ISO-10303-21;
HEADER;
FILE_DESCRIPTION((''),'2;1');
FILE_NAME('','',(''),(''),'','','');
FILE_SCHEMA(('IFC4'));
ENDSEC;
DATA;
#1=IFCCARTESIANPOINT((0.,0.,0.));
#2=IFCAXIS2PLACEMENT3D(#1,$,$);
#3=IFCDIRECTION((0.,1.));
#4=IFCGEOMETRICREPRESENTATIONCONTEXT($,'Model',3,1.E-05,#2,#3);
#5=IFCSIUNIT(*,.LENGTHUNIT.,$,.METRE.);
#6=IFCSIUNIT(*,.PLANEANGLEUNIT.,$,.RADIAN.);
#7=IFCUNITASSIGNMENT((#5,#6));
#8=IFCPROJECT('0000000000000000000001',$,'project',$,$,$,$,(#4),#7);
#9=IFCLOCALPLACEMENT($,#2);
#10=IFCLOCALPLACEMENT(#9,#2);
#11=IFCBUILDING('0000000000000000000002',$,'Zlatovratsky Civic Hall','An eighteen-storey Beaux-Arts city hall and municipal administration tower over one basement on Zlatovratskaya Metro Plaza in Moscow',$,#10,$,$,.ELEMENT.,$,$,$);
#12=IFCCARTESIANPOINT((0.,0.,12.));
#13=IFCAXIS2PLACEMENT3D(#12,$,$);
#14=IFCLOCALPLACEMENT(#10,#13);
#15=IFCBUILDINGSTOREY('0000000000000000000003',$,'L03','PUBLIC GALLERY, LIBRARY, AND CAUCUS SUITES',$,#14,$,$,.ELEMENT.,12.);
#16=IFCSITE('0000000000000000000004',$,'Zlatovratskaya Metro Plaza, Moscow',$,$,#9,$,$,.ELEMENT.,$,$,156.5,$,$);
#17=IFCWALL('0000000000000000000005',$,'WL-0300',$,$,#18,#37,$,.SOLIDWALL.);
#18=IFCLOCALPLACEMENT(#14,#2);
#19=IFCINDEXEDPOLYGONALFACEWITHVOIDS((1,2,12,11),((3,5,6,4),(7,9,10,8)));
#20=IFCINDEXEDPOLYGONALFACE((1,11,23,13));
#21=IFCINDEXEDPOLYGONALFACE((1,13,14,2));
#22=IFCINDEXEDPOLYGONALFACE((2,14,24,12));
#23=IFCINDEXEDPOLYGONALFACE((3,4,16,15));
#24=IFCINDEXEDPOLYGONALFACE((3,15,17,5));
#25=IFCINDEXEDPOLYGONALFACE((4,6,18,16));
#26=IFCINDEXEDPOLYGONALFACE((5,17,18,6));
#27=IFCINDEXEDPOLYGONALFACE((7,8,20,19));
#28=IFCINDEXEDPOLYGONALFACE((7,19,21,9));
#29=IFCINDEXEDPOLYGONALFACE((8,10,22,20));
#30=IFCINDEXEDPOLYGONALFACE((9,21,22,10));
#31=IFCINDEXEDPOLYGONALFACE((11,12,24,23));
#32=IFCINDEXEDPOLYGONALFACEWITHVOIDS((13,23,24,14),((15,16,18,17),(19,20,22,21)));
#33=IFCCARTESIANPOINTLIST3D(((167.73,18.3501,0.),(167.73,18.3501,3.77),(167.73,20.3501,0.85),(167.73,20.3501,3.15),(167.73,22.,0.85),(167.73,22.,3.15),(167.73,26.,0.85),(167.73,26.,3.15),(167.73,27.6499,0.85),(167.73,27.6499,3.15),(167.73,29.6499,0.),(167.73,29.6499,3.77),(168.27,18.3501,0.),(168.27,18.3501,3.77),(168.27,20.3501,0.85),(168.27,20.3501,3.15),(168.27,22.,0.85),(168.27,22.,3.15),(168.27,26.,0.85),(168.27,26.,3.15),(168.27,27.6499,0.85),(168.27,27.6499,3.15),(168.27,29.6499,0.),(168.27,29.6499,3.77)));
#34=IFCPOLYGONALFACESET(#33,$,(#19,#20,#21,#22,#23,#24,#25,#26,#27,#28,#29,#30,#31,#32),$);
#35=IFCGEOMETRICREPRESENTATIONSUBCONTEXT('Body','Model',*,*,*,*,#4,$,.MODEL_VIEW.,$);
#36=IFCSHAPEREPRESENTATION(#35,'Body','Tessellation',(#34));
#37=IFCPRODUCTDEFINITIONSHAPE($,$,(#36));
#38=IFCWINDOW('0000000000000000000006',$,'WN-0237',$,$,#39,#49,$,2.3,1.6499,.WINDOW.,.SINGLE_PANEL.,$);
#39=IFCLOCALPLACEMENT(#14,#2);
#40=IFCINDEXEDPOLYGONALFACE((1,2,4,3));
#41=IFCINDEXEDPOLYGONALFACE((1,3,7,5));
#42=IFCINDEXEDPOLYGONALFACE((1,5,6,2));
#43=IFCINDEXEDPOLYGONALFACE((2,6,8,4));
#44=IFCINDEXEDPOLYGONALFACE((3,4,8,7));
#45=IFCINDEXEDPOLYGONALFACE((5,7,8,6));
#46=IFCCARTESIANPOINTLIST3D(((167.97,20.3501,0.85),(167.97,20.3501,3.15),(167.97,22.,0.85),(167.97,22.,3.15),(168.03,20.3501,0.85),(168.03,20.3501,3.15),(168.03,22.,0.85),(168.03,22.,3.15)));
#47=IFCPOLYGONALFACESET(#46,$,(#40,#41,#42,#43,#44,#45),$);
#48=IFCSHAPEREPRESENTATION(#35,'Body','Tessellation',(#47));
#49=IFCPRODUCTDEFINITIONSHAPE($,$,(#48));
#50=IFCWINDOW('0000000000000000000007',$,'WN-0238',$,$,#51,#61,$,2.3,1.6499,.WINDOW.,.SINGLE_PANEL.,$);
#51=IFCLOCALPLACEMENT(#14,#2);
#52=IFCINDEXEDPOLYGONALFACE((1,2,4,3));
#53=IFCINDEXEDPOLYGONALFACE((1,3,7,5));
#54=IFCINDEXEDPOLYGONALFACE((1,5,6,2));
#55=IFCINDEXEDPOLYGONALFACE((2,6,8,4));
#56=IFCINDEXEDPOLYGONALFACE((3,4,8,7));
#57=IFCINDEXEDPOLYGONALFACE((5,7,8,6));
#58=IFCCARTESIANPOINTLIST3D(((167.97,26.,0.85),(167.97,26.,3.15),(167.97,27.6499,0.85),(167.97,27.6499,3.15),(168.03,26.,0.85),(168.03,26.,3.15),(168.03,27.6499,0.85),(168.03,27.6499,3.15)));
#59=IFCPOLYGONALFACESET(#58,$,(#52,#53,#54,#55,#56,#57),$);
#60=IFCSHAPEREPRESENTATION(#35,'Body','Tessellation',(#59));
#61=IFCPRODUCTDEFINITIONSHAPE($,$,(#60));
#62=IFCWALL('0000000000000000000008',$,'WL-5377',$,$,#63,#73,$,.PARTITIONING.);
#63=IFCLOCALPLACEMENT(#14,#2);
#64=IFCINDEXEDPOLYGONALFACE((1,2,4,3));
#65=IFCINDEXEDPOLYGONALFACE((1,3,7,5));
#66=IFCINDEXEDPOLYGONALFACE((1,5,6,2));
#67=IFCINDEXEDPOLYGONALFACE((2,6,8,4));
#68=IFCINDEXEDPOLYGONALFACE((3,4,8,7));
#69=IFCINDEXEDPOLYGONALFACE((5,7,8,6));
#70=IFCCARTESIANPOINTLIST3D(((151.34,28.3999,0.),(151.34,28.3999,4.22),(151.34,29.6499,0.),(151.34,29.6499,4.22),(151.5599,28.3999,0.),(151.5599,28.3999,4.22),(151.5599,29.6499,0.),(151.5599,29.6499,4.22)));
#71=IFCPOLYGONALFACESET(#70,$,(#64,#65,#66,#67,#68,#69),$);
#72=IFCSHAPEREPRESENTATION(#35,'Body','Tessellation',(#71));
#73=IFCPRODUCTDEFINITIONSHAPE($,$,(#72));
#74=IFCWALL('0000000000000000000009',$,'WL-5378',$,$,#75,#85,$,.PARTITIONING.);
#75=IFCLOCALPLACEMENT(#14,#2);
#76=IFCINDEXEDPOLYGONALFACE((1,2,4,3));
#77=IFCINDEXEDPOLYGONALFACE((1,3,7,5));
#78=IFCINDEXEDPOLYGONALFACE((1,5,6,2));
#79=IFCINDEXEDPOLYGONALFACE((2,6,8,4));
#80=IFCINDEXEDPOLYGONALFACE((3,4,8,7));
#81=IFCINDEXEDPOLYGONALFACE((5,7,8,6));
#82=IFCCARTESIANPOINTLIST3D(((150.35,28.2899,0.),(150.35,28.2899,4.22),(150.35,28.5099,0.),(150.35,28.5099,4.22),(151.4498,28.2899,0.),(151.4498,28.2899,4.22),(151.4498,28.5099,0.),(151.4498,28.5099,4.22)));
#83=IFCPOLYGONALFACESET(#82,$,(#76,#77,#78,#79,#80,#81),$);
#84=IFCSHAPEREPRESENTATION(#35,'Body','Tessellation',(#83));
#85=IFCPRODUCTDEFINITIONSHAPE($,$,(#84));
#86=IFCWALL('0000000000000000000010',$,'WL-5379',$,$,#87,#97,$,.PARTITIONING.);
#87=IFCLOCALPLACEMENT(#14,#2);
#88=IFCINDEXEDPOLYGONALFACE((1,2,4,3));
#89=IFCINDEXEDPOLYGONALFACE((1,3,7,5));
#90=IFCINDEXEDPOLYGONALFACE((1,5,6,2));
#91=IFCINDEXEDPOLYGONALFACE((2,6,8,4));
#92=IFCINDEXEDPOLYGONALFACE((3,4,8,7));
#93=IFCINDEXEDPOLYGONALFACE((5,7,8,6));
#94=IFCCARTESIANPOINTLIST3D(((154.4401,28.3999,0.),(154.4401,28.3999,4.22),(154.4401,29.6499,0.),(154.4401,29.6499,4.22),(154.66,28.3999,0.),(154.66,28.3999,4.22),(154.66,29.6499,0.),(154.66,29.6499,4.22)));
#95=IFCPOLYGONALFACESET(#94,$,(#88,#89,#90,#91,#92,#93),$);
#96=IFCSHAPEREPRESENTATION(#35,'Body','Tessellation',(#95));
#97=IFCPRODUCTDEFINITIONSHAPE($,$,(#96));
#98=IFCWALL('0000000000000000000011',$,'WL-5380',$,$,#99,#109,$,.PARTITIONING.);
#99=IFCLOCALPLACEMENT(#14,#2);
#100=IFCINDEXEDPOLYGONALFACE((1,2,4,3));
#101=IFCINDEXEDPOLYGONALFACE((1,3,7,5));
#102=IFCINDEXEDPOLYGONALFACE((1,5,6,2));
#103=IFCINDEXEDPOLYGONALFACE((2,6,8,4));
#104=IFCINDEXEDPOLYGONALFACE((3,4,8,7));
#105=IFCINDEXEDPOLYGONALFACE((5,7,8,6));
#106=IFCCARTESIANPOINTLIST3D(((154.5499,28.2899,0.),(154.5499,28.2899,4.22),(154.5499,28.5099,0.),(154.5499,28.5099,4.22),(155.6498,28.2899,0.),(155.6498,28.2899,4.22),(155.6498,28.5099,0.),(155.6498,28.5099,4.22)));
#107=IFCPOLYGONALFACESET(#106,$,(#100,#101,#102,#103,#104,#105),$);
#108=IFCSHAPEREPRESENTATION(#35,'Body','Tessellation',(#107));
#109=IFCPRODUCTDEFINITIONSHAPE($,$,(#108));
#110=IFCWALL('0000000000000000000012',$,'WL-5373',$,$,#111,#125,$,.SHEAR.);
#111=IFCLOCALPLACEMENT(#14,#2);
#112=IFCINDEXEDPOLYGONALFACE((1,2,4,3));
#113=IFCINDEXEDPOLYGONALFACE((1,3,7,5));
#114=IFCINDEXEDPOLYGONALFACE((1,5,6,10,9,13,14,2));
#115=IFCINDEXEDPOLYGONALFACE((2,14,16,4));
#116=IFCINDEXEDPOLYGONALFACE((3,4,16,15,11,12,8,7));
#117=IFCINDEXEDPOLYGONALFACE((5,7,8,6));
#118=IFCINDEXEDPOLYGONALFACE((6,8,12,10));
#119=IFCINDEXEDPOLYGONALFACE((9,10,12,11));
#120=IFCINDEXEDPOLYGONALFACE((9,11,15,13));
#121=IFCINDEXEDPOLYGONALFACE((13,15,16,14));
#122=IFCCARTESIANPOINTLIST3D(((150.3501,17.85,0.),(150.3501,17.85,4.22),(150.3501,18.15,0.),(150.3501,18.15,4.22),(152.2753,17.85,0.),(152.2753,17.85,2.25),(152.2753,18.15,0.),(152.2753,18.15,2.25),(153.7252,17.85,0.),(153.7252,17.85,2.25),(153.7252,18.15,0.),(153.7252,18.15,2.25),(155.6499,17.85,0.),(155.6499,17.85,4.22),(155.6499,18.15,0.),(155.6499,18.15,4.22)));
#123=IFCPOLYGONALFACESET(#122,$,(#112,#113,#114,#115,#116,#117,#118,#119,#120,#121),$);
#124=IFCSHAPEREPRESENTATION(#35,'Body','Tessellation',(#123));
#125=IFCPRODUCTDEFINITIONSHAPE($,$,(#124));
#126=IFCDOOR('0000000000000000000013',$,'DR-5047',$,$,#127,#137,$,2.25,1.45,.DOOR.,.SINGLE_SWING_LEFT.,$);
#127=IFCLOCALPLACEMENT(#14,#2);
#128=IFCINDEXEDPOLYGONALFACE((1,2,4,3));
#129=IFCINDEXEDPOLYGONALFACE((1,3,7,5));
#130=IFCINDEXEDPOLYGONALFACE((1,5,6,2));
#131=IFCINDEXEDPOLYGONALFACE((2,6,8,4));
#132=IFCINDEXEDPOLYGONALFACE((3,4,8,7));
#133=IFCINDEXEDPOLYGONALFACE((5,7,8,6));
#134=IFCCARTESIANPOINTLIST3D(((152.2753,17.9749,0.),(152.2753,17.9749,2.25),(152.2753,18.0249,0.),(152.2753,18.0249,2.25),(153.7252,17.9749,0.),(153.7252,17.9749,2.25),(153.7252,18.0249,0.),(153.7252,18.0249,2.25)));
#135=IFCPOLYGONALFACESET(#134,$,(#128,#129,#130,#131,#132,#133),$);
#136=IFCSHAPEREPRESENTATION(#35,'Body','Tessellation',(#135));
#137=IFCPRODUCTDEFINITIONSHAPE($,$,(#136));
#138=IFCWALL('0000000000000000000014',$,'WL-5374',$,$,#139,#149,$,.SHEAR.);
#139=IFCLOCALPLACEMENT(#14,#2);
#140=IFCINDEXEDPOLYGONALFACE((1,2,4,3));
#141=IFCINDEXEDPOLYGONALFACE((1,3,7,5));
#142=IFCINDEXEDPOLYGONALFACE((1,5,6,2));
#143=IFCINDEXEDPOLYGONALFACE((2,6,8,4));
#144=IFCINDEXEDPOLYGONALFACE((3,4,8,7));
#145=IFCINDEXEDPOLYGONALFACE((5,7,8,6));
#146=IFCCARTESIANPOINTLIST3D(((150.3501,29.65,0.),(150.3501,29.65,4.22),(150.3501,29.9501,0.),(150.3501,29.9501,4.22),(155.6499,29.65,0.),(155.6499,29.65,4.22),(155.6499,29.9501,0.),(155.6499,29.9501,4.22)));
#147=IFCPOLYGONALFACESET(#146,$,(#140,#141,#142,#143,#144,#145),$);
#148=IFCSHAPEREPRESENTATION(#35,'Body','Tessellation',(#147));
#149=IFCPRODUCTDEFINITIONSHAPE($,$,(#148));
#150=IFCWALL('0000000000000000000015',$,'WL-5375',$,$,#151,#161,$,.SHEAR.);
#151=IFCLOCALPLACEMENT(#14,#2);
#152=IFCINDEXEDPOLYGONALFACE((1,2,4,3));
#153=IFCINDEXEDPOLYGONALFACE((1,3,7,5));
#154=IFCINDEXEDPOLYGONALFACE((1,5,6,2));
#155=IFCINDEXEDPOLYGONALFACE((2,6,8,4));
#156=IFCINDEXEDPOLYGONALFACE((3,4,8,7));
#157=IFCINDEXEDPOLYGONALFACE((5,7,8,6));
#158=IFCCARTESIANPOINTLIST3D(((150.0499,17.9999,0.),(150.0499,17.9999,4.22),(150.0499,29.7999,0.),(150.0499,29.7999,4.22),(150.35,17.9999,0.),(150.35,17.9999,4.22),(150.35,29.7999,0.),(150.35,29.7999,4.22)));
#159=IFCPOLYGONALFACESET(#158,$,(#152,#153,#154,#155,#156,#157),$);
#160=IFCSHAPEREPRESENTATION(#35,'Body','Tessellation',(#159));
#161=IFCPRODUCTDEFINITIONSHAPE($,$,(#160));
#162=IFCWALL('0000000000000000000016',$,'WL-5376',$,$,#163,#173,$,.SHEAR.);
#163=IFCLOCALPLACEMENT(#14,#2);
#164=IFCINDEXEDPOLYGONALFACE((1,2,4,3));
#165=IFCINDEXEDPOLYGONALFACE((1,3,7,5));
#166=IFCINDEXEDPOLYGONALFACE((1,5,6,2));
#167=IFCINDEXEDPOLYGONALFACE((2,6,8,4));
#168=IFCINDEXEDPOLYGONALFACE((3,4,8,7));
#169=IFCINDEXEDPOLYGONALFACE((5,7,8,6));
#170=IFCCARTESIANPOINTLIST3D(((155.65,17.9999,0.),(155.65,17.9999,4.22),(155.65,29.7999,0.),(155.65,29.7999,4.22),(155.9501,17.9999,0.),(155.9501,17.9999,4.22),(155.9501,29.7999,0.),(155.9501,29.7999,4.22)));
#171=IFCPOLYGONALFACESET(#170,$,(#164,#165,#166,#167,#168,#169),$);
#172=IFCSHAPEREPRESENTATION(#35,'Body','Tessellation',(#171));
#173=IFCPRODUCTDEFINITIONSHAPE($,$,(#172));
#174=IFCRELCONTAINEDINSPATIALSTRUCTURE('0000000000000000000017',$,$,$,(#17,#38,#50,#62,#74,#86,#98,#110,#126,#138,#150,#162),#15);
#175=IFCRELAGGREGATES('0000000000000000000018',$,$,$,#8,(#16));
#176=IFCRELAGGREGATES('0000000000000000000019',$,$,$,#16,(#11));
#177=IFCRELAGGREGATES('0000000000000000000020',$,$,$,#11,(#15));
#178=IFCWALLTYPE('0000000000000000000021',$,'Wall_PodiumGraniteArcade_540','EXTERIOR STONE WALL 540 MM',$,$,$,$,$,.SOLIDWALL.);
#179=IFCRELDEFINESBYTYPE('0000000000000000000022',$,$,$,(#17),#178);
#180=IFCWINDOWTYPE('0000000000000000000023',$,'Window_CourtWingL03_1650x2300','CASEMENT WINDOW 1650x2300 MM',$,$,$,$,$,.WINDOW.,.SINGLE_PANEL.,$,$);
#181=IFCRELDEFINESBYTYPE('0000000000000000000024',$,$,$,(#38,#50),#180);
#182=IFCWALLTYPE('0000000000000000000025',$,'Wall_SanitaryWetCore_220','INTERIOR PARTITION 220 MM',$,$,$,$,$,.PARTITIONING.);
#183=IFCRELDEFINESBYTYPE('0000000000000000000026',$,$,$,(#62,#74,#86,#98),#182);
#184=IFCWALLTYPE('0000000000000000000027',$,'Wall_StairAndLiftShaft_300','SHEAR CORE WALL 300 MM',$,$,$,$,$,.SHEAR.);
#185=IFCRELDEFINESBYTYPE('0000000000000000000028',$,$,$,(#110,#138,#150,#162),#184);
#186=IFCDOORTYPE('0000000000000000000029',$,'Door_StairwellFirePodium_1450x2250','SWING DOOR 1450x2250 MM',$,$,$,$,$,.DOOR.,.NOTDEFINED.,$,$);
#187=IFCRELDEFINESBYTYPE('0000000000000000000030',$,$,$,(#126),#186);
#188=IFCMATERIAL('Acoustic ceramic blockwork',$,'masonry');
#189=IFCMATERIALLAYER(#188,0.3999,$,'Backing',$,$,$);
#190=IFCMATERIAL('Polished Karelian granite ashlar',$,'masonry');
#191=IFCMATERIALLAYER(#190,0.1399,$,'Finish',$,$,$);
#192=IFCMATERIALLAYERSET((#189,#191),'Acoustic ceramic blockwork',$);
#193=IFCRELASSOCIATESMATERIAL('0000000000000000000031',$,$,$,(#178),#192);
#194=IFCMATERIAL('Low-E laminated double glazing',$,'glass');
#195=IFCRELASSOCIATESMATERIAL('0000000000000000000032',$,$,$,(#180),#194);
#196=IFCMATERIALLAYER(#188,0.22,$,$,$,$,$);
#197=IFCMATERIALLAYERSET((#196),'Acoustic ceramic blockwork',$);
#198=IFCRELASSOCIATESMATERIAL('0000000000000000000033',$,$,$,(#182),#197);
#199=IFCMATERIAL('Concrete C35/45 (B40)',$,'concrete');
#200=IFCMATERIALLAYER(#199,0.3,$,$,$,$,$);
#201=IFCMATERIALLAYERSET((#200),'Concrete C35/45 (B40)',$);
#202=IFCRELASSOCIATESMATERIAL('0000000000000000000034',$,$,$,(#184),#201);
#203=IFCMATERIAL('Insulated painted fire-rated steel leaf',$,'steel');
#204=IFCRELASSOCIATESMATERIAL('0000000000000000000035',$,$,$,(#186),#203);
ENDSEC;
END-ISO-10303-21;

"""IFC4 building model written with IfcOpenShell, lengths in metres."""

from ifc_helpers import new_model, si_unit, direction, frame, frame_2d, origin, place, context, subcontext, project, spatial, rectangle, extrude, material, layer, layer_set, type_object, element, fill, save


model = new_model("IFC4")

# Units and contexts
model_context = context("Model", 3, precision=1e-05, world=origin(), true_north=direction((0.0, 1.0)))
body_context = subcontext(model_context, "Body", "Model", "MODEL_VIEW")
ifc_project = project(units=[si_unit("LENGTHUNIT", "METRE"), si_unit("PLANEANGLEUNIT", "RADIAN")], contexts=[model_context])

# Site, building, storey
site_placement = place(None, origin())
site = spatial("IfcSite", under=ifc_project, at=site_placement, Name="Zlatovratskaya Metro Plaza, Moscow", CompositionType="ELEMENT", RefElevation=156.5)
building_placement = place(site_placement, origin())
building = spatial("IfcBuilding", under=site, at=building_placement, Name="Zlatovratsky Civic Hall", Description="An eighteen-storey Beaux-Arts city hall and municipal administration tower over one basement on Zlatovratskaya Metro Plaza in Moscow", CompositionType="ELEMENT")
storey_placement = place(building_placement, frame((0.0, 0.0, 12.0)))
storey = spatial("IfcBuildingStorey", under=building, at=storey_placement, Name="L03", Description="PUBLIC GALLERY, LIBRARY, AND CAUCUS SUITES", CompositionType="ELEMENT", Elevation=12.0)

# Shared definitions
ifc_material_1 = material(Name="Concrete C35/45 (B40)", Category="concrete")

# Wall, openings, windows
ifc_material_2 = material(Name="Acoustic ceramic blockwork", Category="masonry")
ifc_layer_1 = layer(ifc_material_2, 0.3999, Name="Backing")
ifc_material_3 = material(Name="Polished Karelian granite ashlar", Category="masonry")
ifc_layer_2 = layer(ifc_material_3, 0.1399, Name="Finish")
ifc_layer_set_1 = layer_set([ifc_layer_1, ifc_layer_2], Name="Acoustic ceramic blockwork")
wall_type_1 = type_object("IfcWallType", Name="Wall_PodiumGraniteArcade_540", Description="EXTERIOR STONE WALL 540 MM", PredefinedType="SOLIDWALL", material=ifc_layer_set_1)
wall_1_placement = place(storey_placement, frame((168.0, 18.3501, 0.0), z_axis=(0.0, 0.0, 1.0), x_axis=(0.0, 1.0, 0.0)))
wall_1 = element("IfcWall", 1, at=wall_1_placement, inside=storey, type_object=wall_type_1, Name="WL-0300", PredefinedType="SOLIDWALL", context=body_context, shape_type="SweptSolid", body=[
    extrude(rectangle(XDim=11.2998, YDim=0.54, at=frame_2d((5.6499, 0.0))), origin(), (0.0, 0.0, 1.0), 3.77),
])
opening_1_placement = place(wall_1_placement, frame((2.0, 0.0, 0.8501)))
opening_1 = element("IfcOpeningElement", 2, at=opening_1_placement, cuts=wall_1, PredefinedType="OPENING", context=body_context, shape_type="SweptSolid", body=[
    extrude(rectangle(XDim=1.6499, YDim=2.3, at=frame_2d((0.825, 1.1499))), frame((0.0, 0.2849, 0.0), z_axis=(0.0, -1.0, 0.0), x_axis=(1.0, 0.0, 0.0)), (0.0, 0.0, 1.0), 0.5698),
])
opening_2_placement = place(wall_1_placement, frame((7.6499, 0.0, 0.8501)))
opening_2 = element("IfcOpeningElement", 3, at=opening_2_placement, cuts=wall_1, PredefinedType="OPENING", context=body_context, shape_type="SweptSolid", body=[
    extrude(rectangle(XDim=1.6499, YDim=2.3, at=frame_2d((0.825, 1.1499))), frame((0.0, 0.2849, 0.0), z_axis=(0.0, -1.0, 0.0), x_axis=(1.0, 0.0, 0.0)), (0.0, 0.0, 1.0), 0.5698),
])
ifc_material_4 = material(Name="Low-E laminated double glazing", Category="glass")
window_type = type_object("IfcWindowType", Name="Window_CourtWingL03_1650x2300", Description="CASEMENT WINDOW 1650x2300 MM", PartitioningType="SINGLE_PANEL", PredefinedType="WINDOW", material=ifc_material_4)
window_1_placement = place(opening_1_placement, origin())
window_1 = element("IfcWindow", 4, at=window_1_placement, inside=storey, type_object=window_type, Name="WN-0237", OverallHeight=2.3, OverallWidth=1.6499, PartitioningType="SINGLE_PANEL", PredefinedType="WINDOW", context=body_context, shape_type="SweptSolid", body=[
    extrude(rectangle(XDim=1.6499, YDim=2.3, at=frame_2d((0.825, 1.1499))), frame((0.0, 0.03, 0.0), z_axis=(0.0, -1.0, 0.0), x_axis=(1.0, 0.0, 0.0)), (0.0, 0.0, 1.0), 0.0601),
])
fill(opening_1, window_1)
window_2_placement = place(opening_2_placement, origin())
window_2 = element("IfcWindow", 5, at=window_2_placement, inside=storey, type_object=window_type, Name="WN-0238", OverallHeight=2.3, OverallWidth=1.6499, PartitioningType="SINGLE_PANEL", PredefinedType="WINDOW", context=body_context, shape_type="SweptSolid", body=[
    extrude(rectangle(XDim=1.6499, YDim=2.3, at=frame_2d((0.825, 1.1499))), frame((0.0, 0.03, 0.0), z_axis=(0.0, -1.0, 0.0), x_axis=(1.0, 0.0, 0.0)), (0.0, 0.0, 1.0), 0.0601),
])
fill(opening_2, window_2)

# Walls
ifc_layer_3 = layer(ifc_material_2, 0.22)
ifc_layer_set_2 = layer_set([ifc_layer_3], Name="Acoustic ceramic blockwork")
wall_type_2 = type_object("IfcWallType", Name="Wall_SanitaryWetCore_220", Description="INTERIOR PARTITION 220 MM", PredefinedType="PARTITIONING", material=ifc_layer_set_2)
wall_2_placement = place(storey_placement, frame((151.45, 28.3999, 0.0), z_axis=(0.0, 0.0, 1.0), x_axis=(0.0, 1.0, 0.0)))
element("IfcWall", 6, at=wall_2_placement, inside=storey, type_object=wall_type_2, Name="WL-5377", PredefinedType="PARTITIONING", context=body_context, shape_type="SweptSolid", body=[
    extrude(rectangle(XDim=1.25, YDim=0.22, at=frame_2d((0.625, 0.0))), origin(), (0.0, 0.0, 1.0), 4.22),
])
wall_3_placement = place(storey_placement, frame((150.3501, 28.3999, 0.0), z_axis=(0.0, 0.0, 1.0), x_axis=(1.0, 0.0, 0.0)))
element("IfcWall", 7, at=wall_3_placement, inside=storey, type_object=wall_type_2, Name="WL-5378", PredefinedType="PARTITIONING", context=body_context, shape_type="SweptSolid", body=[
    extrude(rectangle(XDim=1.0999, YDim=0.22, at=frame_2d((0.5498, 0.0))), origin(), (0.0, 0.0, 1.0), 4.22),
])
wall_4_placement = place(storey_placement, frame((154.55, 28.3999, 0.0), z_axis=(0.0, 0.0, 1.0), x_axis=(0.0, 1.0, 0.0)))
element("IfcWall", 8, at=wall_4_placement, inside=storey, type_object=wall_type_2, Name="WL-5379", PredefinedType="PARTITIONING", context=body_context, shape_type="SweptSolid", body=[
    extrude(rectangle(XDim=1.25, YDim=0.22, at=frame_2d((0.625, 0.0))), origin(), (0.0, 0.0, 1.0), 4.22),
])
wall_5_placement = place(storey_placement, frame((154.55, 28.3999, 0.0), z_axis=(0.0, 0.0, 1.0), x_axis=(1.0, 0.0, 0.0)))
element("IfcWall", 9, at=wall_5_placement, inside=storey, type_object=wall_type_2, Name="WL-5380", PredefinedType="PARTITIONING", context=body_context, shape_type="SweptSolid", body=[
    extrude(rectangle(XDim=1.0999, YDim=0.22, at=frame_2d((0.5498, 0.0))), origin(), (0.0, 0.0, 1.0), 4.22),
])

# Wall, opening, door
ifc_layer_4 = layer(ifc_material_1, 0.3)
ifc_layer_set_3 = layer_set([ifc_layer_4], Name="Concrete C35/45 (B40)")
wall_type_3 = type_object("IfcWallType", Name="Wall_StairAndLiftShaft_300", Description="SHEAR CORE WALL 300 MM", PredefinedType="SHEAR", material=ifc_layer_set_3)
wall_6_placement = place(storey_placement, frame((150.3501, 18.0, 0.0), z_axis=(0.0, 0.0, 1.0), x_axis=(1.0, 0.0, 0.0)))
wall_6 = element("IfcWall", 10, at=wall_6_placement, inside=storey, type_object=wall_type_3, Name="WL-5373", PredefinedType="SHEAR", context=body_context, shape_type="SweptSolid", body=[
    extrude(rectangle(XDim=5.2998, YDim=0.3, at=frame_2d((2.6499, 0.0))), origin(), (0.0, 0.0, 1.0), 4.22),
])
opening_3_placement = place(wall_6_placement, frame((1.925, 0.0, 0.0)))
opening_3 = element("IfcOpeningElement", 11, at=opening_3_placement, cuts=wall_6, PredefinedType="OPENING", context=body_context, shape_type="SweptSolid", body=[
    extrude(rectangle(XDim=1.45, YDim=2.25, at=frame_2d((0.7251, 1.125))), frame((0.0, 0.165, 0.0), z_axis=(0.0, -1.0, 0.0), x_axis=(1.0, 0.0, 0.0)), (0.0, 0.0, 1.0), 0.3298),
])
ifc_material_5 = material(Name="Insulated painted fire-rated steel leaf", Category="steel")
door_type = type_object("IfcDoorType", Name="Door_StairwellFirePodium_1450x2250", Description="SWING DOOR 1450x2250 MM", OperationType="NOTDEFINED", PredefinedType="DOOR", material=ifc_material_5)
door_placement = place(opening_3_placement, origin())
door = element("IfcDoor", 12, at=door_placement, inside=storey, type_object=door_type, Name="DR-5047", OperationType="SINGLE_SWING_LEFT", OverallHeight=2.25, OverallWidth=1.45, PredefinedType="DOOR", context=body_context, shape_type="SweptSolid", body=[
    extrude(rectangle(XDim=1.45, YDim=2.25, at=frame_2d((0.7251, 1.125))), frame((0.0, 0.0249, 0.0), z_axis=(0.0, -1.0, 0.0), x_axis=(1.0, 0.0, 0.0)), (0.0, 0.0, 1.0), 0.05),
])
fill(opening_3, door)

# Walls
wall_7_placement = place(storey_placement, frame((150.3501, 29.8, 0.0), z_axis=(0.0, 0.0, 1.0), x_axis=(1.0, 0.0, 0.0)))
element("IfcWall", 13, at=wall_7_placement, inside=storey, type_object=wall_type_3, Name="WL-5374", PredefinedType="SHEAR", context=body_context, shape_type="SweptSolid", body=[
    extrude(rectangle(XDim=5.2998, YDim=0.3, at=frame_2d((2.6499, 0.0))), origin(), (0.0, 0.0, 1.0), 4.22),
])
for number, where, z_axis, x_axis, name in (
    (14, (150.2, 18.0, 0.0), (0.0, 0.0, 1.0), (0.0, 1.0, 0.0), "WL-5375"),
    (15, (155.8, 18.0, 0.0), (0.0, 0.0, 1.0), (0.0, 1.0, 0.0), "WL-5376"),
):
    element("IfcWall", number, at=place(storey_placement, frame(where, z_axis=z_axis, x_axis=x_axis)), inside=storey, type_object=wall_type_3, Name=name, PredefinedType="SHEAR", context=body_context, shape_type="SweptSolid", body=[
        extrude(rectangle(XDim=11.8, YDim=0.3, at=frame_2d((5.8999, 0.0))), origin(), (0.0, 0.0, 1.0), 4.22),
    ])

save(model, "model.ifc")
